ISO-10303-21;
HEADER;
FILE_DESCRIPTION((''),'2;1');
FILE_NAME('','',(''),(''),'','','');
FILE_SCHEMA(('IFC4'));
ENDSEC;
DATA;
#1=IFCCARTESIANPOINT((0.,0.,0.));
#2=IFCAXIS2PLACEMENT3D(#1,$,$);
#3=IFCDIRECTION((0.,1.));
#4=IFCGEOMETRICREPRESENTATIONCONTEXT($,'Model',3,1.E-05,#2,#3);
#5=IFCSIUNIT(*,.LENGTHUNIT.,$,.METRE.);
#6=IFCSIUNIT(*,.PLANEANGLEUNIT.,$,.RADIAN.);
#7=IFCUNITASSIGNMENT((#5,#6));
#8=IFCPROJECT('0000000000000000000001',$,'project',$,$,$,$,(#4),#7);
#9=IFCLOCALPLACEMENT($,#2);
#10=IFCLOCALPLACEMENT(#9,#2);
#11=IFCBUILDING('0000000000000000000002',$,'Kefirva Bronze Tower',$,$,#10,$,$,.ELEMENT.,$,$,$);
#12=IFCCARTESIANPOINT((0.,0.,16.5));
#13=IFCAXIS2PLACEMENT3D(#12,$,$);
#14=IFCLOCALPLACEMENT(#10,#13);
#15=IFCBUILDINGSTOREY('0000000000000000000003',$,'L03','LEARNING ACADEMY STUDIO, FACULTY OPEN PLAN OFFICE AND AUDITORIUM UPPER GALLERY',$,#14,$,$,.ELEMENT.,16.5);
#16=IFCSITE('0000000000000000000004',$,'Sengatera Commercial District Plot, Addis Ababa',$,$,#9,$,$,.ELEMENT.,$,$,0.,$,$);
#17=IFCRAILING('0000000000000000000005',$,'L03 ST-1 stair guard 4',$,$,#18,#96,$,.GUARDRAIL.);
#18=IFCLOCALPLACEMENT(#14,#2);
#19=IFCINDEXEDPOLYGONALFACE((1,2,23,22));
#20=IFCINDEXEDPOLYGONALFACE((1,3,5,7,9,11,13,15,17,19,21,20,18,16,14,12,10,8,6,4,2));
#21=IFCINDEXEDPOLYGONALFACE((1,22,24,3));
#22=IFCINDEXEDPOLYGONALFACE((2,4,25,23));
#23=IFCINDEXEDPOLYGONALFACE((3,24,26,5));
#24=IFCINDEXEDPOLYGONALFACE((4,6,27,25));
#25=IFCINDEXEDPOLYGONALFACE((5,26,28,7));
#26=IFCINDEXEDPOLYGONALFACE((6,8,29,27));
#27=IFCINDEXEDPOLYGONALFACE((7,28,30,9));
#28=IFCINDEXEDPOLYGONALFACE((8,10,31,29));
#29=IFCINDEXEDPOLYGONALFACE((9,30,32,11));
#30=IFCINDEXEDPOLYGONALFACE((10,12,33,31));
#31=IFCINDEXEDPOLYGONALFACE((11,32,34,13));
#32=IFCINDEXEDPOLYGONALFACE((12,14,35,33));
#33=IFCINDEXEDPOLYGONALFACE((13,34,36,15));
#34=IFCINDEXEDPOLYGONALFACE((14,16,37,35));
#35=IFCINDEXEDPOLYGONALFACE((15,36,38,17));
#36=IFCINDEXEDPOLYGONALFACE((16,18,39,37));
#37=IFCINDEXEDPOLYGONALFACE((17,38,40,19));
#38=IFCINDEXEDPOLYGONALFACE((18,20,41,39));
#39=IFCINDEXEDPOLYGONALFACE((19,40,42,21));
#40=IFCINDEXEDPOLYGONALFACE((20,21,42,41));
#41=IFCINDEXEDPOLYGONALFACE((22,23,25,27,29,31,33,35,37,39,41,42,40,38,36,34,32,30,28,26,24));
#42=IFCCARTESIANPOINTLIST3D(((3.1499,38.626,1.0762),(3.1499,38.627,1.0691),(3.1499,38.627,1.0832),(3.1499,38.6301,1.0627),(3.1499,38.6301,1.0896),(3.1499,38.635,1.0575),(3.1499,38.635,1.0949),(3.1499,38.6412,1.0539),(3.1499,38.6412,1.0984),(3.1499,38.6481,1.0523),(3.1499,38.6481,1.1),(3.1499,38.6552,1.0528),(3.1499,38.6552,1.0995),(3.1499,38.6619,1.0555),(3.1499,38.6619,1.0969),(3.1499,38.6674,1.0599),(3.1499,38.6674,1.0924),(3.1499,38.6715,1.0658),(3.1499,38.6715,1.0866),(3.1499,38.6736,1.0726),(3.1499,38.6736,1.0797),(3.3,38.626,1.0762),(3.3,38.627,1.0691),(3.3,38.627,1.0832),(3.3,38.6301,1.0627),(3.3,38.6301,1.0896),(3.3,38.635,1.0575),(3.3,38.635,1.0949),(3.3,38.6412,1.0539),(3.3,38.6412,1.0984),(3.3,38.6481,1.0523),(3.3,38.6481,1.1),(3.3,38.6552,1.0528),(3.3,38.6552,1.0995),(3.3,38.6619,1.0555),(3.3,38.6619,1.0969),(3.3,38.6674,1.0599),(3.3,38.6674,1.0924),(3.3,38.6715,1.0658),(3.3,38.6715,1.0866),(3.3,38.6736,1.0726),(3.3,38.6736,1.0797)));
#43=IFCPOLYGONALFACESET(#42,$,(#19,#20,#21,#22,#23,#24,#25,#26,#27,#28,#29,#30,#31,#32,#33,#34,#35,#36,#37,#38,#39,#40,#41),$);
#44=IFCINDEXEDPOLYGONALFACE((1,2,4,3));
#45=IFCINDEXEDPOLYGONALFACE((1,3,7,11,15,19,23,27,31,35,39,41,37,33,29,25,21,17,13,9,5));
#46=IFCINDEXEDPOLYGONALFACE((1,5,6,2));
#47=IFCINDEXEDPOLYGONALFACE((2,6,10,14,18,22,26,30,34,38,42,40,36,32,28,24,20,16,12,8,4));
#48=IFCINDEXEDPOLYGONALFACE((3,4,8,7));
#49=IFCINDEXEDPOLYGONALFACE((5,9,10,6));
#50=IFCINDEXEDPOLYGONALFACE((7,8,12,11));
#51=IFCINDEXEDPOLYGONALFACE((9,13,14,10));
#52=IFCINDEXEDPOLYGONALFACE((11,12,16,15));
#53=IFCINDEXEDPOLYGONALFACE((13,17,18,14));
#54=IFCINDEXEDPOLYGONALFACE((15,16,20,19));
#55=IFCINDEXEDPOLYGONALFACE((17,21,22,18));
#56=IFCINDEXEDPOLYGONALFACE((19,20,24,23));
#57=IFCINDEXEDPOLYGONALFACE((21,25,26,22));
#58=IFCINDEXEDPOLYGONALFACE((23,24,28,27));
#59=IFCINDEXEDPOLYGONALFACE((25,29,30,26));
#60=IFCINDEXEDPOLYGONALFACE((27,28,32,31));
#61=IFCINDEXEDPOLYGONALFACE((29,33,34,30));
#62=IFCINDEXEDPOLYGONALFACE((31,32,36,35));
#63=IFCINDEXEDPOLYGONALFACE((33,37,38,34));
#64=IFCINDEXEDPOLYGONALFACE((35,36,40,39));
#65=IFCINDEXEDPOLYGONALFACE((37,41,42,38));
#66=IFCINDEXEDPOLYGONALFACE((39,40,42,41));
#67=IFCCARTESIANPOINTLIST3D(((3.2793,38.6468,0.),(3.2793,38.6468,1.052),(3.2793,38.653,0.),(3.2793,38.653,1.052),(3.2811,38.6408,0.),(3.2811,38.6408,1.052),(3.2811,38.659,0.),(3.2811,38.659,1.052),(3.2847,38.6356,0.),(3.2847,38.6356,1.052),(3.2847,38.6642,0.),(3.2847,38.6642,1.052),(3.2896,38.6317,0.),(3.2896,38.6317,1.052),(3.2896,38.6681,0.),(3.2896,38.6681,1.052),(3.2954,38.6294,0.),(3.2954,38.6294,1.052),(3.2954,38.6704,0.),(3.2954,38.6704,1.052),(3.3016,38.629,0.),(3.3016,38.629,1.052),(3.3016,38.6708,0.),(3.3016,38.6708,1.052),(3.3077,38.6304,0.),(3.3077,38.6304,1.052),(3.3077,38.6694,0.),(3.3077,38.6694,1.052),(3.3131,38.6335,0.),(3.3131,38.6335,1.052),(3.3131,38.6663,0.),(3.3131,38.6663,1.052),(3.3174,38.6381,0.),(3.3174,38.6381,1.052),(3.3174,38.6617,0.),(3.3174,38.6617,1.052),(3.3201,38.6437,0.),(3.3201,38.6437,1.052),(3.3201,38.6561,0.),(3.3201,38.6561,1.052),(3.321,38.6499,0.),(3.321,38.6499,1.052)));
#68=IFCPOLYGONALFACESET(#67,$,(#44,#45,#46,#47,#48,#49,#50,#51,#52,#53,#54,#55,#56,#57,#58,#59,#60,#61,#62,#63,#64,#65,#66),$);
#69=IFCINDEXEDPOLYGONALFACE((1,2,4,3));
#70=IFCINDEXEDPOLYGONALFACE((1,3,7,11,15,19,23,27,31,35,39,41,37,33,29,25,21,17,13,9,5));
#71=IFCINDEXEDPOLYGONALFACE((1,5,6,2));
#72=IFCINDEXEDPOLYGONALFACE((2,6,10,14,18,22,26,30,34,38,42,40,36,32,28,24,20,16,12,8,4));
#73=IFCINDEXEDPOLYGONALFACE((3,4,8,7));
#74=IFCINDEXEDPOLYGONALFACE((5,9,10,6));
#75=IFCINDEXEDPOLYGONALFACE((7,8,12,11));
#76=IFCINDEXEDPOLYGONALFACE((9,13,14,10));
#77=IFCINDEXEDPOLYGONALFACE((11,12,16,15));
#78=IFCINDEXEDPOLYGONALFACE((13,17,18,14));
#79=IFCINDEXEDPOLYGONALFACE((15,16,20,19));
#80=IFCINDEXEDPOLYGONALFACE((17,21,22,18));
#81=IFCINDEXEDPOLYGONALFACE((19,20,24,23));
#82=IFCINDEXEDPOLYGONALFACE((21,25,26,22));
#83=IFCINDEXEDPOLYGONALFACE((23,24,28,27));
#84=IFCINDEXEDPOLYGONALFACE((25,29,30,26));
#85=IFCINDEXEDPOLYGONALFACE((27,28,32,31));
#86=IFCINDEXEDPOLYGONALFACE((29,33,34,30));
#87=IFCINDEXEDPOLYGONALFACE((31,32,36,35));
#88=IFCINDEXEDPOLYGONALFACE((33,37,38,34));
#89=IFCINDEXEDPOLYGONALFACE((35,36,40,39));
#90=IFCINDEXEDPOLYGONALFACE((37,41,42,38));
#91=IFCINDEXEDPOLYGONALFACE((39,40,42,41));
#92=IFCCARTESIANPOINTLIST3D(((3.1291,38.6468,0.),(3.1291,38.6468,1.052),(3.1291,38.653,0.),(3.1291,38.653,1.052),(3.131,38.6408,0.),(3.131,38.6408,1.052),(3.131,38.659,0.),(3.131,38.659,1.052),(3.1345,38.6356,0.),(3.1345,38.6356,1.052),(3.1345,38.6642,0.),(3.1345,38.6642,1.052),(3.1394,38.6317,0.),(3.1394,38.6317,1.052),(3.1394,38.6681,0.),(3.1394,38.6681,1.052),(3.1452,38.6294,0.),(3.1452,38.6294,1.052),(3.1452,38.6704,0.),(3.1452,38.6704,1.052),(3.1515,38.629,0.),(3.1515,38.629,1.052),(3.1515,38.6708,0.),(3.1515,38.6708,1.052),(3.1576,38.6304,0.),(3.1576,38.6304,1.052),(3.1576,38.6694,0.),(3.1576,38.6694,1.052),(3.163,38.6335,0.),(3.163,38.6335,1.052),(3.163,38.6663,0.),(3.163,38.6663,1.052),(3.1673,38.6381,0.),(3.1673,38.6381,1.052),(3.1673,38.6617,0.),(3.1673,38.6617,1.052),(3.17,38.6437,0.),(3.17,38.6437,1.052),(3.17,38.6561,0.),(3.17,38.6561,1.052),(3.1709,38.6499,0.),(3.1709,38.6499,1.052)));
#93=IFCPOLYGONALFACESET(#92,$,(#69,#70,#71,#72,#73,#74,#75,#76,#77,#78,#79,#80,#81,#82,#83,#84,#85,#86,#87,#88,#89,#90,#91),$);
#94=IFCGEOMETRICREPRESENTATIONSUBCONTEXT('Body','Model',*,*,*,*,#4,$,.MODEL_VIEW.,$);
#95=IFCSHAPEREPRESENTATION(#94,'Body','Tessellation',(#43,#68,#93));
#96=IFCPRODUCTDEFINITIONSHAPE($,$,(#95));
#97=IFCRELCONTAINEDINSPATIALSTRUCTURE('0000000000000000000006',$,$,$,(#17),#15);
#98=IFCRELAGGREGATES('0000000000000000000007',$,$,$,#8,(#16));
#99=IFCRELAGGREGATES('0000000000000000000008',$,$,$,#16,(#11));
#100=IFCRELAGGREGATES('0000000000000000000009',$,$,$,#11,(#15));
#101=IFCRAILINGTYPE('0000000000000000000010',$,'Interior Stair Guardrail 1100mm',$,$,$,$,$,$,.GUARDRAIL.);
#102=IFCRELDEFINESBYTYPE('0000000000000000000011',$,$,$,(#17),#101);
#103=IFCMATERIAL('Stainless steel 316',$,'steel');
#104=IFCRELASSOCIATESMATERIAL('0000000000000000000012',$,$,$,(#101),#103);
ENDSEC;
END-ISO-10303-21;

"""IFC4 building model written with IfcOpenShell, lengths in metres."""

from ifc_helpers import new_model, si_unit, direction, frame, origin, origin_2d, place, context, subcontext, project, spatial, circle, extrude, material, type_object, element, save


model = new_model("IFC4")

# Units and contexts
model_context = context("Model", 3, precision=1e-05, world=origin(), true_north=direction((0.0, 1.0)))
body_context = subcontext(model_context, "Body", "Model", "MODEL_VIEW")
ifc_project = project(units=[si_unit("LENGTHUNIT", "METRE"), si_unit("PLANEANGLEUNIT", "RADIAN")], contexts=[model_context])

# Site, building, storey
site_placement = place(None, origin())
site = spatial("IfcSite", under=ifc_project, at=site_placement, Name="Sengatera Commercial District Plot, Addis Ababa", CompositionType="ELEMENT", RefElevation=0.0)
building_placement = place(site_placement, origin())
building = spatial("IfcBuilding", under=site, at=building_placement, Name="Kefirva Bronze Tower", CompositionType="ELEMENT")
storey_placement = place(building_placement, frame((0.0, 0.0, 16.5)))
storey = spatial("IfcBuildingStorey", under=building, at=storey_placement, Name="L03", Description="LEARNING ACADEMY STUDIO, FACULTY OPEN PLAN OFFICE AND AUDITORIUM UPPER GALLERY", CompositionType="ELEMENT", Elevation=16.5)

# Shared definitions
ifc_material_1 = material(Name="Stainless steel 316", Category="steel")

# Railing
railing_type_1 = type_object("IfcRailingType", Name="Interior Stair Guardrail 1100mm", PredefinedType="GUARDRAIL", material=ifc_material_1)
railing_1_placement = place(storey_placement, frame((3.3, 38.6499, 0.0)))
element("IfcRailing", 1, at=railing_1_placement, inside=storey, type_object=railing_type_1, Name="L03 ST-1 stair guard 4", PredefinedType="GUARDRAIL", context=body_context, shape_type="SweptSolid", body=[
    extrude(circle(Radius=0.0239, at=origin_2d()), frame((0.0, 0.0, 1.0762), z_axis=(-1.0, 0.0, 0.0), x_axis=(0.0, -1.0, 0.0)), (0.0, 0.0, 1.0), 0.1501),
    extrude(circle(Radius=0.021, at=origin_2d()), origin(), (0.0, 0.0, 1.0), 1.052),
    extrude(circle(Radius=0.021, at=origin_2d()), frame((-0.1501, 0.0, 0.0)), (0.0, 0.0, 1.0), 1.052),
])

save(model, "model.ifc")
